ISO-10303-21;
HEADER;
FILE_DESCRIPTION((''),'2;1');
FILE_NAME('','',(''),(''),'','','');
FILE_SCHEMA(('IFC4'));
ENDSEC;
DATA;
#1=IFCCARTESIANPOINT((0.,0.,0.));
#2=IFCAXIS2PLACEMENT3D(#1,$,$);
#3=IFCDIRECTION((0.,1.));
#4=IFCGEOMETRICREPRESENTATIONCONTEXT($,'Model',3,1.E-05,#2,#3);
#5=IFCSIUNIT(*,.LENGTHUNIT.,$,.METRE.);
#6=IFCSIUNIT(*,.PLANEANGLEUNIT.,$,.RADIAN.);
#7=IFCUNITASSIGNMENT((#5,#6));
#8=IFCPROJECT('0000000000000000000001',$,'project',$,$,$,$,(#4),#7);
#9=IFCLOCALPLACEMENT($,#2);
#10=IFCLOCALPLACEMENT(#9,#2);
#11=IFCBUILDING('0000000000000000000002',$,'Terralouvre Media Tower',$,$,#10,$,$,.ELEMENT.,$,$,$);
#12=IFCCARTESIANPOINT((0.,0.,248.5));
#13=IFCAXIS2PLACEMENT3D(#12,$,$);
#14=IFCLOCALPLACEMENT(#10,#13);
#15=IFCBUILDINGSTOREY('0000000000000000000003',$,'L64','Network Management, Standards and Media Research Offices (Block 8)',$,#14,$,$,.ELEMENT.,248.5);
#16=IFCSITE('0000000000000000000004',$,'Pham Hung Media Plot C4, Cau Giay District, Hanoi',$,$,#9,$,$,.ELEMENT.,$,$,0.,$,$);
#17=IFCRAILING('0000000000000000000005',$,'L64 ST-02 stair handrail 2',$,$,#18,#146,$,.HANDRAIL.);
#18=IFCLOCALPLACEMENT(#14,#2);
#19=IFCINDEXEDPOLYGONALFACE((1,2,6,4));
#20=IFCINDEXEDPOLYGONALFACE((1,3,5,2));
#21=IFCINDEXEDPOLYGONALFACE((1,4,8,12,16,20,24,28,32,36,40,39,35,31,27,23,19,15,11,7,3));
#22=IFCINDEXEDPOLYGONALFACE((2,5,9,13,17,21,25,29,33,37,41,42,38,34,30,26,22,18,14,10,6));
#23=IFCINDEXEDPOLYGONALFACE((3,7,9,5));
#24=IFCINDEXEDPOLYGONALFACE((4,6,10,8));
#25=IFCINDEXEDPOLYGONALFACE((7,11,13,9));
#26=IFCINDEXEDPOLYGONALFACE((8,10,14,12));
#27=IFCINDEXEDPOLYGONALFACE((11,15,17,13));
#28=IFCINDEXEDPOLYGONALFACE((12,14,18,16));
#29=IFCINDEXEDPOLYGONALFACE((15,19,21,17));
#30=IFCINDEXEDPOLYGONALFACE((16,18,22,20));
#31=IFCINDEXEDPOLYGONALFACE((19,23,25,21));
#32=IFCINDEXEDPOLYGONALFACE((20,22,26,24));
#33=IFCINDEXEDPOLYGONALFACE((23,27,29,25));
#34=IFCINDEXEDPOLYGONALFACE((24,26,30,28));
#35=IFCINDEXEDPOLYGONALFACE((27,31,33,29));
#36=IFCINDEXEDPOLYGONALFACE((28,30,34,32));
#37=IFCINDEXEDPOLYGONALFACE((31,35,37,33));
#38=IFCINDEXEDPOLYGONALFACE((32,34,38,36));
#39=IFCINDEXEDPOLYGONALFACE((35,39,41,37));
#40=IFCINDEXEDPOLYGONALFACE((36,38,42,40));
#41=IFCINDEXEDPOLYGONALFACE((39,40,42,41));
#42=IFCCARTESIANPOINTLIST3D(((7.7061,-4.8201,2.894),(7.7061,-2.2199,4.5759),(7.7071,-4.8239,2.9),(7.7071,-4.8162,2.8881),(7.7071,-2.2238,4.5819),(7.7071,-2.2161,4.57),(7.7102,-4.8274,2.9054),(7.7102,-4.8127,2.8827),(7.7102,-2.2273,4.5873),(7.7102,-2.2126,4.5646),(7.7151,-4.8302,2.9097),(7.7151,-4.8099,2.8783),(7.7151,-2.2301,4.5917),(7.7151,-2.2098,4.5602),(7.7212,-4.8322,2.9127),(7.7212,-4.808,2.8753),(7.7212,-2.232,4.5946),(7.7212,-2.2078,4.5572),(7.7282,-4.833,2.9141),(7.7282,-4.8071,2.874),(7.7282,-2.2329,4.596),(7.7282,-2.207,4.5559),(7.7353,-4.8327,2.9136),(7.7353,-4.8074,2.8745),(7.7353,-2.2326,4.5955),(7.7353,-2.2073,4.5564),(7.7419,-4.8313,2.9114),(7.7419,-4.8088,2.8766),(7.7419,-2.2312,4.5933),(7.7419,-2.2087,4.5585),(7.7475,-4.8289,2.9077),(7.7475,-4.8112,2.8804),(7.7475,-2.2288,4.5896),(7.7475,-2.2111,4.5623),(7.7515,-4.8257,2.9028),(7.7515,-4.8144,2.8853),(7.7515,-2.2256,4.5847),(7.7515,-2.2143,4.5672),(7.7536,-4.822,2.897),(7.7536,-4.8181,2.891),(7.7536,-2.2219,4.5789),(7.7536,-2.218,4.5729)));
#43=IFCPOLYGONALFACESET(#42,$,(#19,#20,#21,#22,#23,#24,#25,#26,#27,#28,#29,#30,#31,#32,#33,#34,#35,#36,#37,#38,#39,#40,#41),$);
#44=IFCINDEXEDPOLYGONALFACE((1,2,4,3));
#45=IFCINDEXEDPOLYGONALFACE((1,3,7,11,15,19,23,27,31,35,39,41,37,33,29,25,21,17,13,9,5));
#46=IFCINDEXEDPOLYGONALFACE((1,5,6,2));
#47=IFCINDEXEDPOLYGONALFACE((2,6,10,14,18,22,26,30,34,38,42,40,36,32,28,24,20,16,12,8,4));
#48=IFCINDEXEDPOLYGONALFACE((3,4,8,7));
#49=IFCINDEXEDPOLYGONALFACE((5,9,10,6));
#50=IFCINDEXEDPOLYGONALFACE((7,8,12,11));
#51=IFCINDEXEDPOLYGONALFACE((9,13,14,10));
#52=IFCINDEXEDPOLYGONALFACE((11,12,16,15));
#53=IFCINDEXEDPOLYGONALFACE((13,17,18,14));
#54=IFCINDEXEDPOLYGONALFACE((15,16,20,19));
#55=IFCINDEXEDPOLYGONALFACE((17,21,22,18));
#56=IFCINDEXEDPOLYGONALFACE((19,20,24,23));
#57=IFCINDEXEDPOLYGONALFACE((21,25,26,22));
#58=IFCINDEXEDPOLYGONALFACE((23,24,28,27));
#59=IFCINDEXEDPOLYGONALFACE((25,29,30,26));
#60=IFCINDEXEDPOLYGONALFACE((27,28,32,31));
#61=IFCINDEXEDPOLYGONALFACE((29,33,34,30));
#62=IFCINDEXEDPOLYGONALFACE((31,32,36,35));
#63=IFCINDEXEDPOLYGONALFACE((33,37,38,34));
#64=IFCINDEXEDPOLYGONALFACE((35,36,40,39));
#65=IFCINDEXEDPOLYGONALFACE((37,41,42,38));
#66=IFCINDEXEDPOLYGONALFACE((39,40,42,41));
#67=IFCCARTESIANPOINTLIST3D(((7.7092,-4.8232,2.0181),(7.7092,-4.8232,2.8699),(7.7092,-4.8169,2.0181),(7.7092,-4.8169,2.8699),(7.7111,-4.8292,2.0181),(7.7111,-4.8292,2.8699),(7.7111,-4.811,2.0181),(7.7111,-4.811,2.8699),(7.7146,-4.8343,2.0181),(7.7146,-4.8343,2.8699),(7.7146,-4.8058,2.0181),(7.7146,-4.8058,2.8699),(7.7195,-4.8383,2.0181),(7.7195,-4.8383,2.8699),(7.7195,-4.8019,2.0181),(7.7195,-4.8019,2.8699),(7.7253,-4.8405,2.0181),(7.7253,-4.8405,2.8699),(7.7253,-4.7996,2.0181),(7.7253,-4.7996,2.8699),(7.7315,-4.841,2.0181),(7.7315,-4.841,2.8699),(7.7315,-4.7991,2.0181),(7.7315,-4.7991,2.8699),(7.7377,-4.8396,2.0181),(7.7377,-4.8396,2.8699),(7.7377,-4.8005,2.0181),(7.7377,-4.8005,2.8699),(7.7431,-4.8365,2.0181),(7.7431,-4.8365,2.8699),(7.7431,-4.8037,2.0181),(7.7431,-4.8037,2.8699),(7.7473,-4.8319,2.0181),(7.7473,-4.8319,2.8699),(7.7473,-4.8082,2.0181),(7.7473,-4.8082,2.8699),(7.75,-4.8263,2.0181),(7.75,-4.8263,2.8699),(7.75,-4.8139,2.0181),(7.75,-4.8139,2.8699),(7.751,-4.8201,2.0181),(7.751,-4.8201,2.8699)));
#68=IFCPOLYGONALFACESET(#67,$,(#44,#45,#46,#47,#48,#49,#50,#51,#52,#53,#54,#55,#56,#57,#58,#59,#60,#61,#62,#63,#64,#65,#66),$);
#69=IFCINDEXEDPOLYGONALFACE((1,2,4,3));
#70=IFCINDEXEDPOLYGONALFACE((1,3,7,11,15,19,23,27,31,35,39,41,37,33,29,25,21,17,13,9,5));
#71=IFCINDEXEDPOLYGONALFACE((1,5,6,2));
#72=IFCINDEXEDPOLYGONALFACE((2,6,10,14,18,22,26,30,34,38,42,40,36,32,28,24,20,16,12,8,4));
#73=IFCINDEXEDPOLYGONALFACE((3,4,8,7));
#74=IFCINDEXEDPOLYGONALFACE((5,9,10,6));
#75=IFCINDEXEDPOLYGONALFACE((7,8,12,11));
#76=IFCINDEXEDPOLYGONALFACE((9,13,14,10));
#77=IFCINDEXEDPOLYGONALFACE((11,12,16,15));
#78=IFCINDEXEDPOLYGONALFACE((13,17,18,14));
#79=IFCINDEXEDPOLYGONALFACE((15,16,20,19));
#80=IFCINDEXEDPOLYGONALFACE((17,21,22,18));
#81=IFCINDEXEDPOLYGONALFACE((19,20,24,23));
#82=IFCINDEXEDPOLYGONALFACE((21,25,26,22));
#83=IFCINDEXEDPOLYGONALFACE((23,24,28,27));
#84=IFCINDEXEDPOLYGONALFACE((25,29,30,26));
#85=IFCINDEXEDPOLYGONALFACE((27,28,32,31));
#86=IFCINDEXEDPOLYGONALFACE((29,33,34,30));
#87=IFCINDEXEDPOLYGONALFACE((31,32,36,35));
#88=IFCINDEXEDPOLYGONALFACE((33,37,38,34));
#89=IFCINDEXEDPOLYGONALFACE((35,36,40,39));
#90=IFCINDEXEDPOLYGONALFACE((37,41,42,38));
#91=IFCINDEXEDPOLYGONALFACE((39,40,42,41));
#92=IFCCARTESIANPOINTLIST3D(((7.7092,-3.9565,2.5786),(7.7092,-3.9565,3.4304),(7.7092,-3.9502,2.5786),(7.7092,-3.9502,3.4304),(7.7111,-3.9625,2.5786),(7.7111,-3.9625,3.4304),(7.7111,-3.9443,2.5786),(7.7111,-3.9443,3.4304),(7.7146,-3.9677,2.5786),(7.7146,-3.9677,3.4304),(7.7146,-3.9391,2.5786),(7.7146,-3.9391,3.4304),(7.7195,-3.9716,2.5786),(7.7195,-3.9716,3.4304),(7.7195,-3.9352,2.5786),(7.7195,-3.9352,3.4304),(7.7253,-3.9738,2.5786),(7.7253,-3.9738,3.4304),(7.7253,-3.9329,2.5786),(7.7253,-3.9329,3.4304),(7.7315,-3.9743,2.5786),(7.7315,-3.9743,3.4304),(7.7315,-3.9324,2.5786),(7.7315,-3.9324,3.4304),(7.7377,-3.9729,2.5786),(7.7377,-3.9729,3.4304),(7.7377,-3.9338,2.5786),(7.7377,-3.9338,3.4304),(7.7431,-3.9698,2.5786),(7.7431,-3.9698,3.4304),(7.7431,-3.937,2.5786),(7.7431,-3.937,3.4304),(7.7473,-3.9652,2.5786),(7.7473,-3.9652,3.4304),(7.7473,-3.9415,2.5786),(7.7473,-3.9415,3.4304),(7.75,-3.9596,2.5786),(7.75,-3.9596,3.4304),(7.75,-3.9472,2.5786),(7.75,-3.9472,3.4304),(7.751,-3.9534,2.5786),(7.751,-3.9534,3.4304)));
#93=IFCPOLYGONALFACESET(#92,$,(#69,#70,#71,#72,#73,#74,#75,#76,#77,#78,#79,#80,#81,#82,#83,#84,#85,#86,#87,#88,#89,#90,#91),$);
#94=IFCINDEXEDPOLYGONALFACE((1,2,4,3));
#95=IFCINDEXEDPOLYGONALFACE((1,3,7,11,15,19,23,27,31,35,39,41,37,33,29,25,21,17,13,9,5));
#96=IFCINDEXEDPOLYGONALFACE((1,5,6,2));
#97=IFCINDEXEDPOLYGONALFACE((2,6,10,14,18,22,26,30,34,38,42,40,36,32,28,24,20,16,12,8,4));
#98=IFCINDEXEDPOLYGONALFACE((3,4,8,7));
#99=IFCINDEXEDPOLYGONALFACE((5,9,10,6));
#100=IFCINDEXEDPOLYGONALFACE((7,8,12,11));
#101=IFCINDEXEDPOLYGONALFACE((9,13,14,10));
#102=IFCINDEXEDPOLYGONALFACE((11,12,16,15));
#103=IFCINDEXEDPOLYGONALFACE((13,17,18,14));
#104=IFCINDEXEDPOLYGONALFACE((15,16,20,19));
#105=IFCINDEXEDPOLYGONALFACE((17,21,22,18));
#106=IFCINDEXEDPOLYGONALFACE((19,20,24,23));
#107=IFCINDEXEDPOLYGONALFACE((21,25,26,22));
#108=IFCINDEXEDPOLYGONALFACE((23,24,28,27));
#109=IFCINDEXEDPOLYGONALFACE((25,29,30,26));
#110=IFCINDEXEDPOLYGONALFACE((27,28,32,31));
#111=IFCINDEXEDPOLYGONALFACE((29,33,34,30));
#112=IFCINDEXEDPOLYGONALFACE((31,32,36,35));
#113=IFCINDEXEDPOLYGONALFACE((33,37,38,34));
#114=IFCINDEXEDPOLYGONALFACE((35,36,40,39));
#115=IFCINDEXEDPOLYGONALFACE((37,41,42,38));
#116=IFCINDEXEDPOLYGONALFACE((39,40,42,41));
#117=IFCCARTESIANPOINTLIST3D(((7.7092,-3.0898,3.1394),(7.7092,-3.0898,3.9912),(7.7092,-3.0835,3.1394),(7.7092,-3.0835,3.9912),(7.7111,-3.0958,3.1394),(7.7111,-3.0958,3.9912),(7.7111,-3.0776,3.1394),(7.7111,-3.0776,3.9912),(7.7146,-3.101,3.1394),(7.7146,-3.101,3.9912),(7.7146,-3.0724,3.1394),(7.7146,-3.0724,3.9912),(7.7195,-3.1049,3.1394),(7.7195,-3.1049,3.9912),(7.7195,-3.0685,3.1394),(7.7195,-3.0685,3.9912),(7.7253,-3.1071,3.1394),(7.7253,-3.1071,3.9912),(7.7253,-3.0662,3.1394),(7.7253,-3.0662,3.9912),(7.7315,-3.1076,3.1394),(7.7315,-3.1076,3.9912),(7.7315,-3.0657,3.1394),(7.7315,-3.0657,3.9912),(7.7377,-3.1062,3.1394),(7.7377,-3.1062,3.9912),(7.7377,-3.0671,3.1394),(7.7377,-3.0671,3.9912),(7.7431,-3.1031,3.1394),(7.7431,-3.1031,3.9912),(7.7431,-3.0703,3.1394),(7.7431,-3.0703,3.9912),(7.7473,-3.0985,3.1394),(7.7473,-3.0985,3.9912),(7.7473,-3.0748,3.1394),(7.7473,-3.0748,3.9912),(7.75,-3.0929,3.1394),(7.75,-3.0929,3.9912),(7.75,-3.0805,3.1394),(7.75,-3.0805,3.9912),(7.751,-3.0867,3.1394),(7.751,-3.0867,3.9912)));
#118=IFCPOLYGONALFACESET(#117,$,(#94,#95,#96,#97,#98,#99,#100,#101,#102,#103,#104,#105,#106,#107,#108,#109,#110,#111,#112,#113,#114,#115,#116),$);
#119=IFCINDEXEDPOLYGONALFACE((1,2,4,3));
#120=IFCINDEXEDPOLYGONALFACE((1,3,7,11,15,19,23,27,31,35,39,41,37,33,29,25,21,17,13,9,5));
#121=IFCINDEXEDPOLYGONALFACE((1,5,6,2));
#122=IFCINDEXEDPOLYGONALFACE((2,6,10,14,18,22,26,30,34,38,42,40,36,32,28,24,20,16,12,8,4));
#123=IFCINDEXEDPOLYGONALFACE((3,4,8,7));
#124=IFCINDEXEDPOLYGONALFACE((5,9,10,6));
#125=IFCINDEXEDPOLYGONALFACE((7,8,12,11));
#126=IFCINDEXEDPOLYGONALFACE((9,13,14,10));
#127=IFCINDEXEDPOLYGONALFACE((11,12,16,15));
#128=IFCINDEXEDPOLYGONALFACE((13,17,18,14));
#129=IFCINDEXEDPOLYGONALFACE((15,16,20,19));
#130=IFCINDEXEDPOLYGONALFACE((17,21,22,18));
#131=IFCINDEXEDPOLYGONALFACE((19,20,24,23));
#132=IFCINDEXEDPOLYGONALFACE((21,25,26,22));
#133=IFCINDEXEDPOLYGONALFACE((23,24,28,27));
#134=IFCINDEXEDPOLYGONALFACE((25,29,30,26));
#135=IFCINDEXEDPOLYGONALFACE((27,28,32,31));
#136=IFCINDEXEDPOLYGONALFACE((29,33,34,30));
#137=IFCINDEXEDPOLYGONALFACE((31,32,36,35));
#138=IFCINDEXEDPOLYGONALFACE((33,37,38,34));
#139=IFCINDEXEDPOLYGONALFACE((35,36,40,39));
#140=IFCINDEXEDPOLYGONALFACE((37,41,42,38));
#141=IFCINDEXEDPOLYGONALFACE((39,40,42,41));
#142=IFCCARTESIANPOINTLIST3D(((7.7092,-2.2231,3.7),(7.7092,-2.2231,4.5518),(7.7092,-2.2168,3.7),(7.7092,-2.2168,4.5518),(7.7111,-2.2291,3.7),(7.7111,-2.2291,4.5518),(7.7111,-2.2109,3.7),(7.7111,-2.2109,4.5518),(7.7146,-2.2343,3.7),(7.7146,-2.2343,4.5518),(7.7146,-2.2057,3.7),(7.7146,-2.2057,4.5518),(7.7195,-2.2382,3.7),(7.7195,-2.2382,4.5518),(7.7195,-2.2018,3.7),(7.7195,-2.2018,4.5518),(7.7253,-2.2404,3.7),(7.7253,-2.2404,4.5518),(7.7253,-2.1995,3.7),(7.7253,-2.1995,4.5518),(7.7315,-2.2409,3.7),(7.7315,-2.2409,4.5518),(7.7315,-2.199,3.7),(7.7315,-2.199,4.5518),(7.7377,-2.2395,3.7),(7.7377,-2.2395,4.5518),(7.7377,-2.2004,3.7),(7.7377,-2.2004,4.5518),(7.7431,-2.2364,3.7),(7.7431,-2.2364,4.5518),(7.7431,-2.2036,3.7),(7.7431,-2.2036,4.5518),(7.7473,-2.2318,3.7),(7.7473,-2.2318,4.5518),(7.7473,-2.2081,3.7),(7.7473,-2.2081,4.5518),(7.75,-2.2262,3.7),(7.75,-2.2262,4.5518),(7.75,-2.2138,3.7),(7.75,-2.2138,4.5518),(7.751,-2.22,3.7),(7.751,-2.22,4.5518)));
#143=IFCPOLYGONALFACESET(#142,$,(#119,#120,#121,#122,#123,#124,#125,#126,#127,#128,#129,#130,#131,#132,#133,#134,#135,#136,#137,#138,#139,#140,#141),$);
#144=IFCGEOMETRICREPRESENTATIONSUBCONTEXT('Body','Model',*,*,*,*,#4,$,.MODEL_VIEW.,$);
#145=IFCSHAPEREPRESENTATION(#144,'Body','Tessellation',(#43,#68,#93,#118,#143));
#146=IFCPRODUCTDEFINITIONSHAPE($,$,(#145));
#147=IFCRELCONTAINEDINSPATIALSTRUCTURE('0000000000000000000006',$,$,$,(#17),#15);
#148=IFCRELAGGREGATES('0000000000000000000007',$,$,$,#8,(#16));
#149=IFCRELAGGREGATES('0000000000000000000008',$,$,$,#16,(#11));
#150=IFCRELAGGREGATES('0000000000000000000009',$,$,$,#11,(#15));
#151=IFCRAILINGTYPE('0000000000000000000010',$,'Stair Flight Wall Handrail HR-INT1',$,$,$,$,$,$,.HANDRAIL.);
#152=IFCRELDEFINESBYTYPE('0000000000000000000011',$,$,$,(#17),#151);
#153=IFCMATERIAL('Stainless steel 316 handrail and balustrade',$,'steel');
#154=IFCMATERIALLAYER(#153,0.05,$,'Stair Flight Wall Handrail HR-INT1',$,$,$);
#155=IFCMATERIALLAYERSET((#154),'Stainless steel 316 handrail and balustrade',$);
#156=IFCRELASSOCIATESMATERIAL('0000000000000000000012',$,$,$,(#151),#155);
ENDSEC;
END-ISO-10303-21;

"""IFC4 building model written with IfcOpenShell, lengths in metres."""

from ifc_helpers import new_model, si_unit, direction, frame, origin, origin_2d, place, context, subcontext, project, spatial, circle, extrude, material, layer, layer_set, type_object, element, save


model = new_model("IFC4")

# Units and contexts
model_context = context("Model", 3, precision=1e-05, world=origin(), true_north=direction((0.0, 1.0)))
body_context = subcontext(model_context, "Body", "Model", "MODEL_VIEW")
ifc_project = project(units=[si_unit("LENGTHUNIT", "METRE"), si_unit("PLANEANGLEUNIT", "RADIAN")], contexts=[model_context])

# Site, building, storey
site_placement = place(None, origin())
site = spatial("IfcSite", under=ifc_project, at=site_placement, Name="Pham Hung Media Plot C4, Cau Giay District, Hanoi", CompositionType="ELEMENT", RefElevation=0.0)
building_placement = place(site_placement, origin())
building = spatial("IfcBuilding", under=site, at=building_placement, Name="Terralouvre Media Tower", CompositionType="ELEMENT")
storey_placement = place(building_placement, frame((0.0, 0.0, 248.5)))
storey = spatial("IfcBuildingStorey", under=building, at=storey_placement, Name="L64", Description="Network Management, Standards and Media Research Offices (Block 8)", CompositionType="ELEMENT", Elevation=248.5)

# Railing
ifc_material_1 = material(Name="Stainless steel 316 handrail and balustrade", Category="steel")
ifc_layer_1 = layer(ifc_material_1, 0.05, Name="Stair Flight Wall Handrail HR-INT1")
ifc_layer_set_1 = layer_set([ifc_layer_1], Name="Stainless steel 316 handrail and balustrade")
railing_type_1 = type_object("IfcRailingType", Name="Stair Flight Wall Handrail HR-INT1", PredefinedType="HANDRAIL", material=ifc_layer_set_1)
railing_1_placement = place(storey_placement, frame((7.73, -4.8201, 2.0181)))
element("IfcRailing", 1, at=railing_1_placement, inside=storey, type_object=railing_type_1, Name="L64 ST-02 stair handrail 2", PredefinedType="HANDRAIL", context=body_context, shape_type="SweptSolid", body=[
    extrude(circle(Radius=0.0239, at=origin_2d()), frame((0.0, 0.0, 0.876), z_axis=(0.0, 0.839648, 0.54313), x_axis=(-1.0, 0.0, 0.0)), (0.0, 0.0, 1.0), 3.0967),
    extrude(circle(Radius=0.021, at=origin_2d()), origin(), (0.0, 0.0, 1.0), 0.8518),
    extrude(circle(Radius=0.021, at=origin_2d()), frame((0.0, 0.8667, 0.5605)), (0.0, 0.0, 1.0), 0.8518),
    extrude(circle(Radius=0.021, at=origin_2d()), frame((0.0, 1.7334, 1.1213)), (0.0, 0.0, 1.0), 0.8518),
    extrude(circle(Radius=0.021, at=origin_2d()), frame((0.0, 2.6001, 1.6819)), (0.0, 0.0, 1.0), 0.8518),
])

save(model, "model.ifc")
